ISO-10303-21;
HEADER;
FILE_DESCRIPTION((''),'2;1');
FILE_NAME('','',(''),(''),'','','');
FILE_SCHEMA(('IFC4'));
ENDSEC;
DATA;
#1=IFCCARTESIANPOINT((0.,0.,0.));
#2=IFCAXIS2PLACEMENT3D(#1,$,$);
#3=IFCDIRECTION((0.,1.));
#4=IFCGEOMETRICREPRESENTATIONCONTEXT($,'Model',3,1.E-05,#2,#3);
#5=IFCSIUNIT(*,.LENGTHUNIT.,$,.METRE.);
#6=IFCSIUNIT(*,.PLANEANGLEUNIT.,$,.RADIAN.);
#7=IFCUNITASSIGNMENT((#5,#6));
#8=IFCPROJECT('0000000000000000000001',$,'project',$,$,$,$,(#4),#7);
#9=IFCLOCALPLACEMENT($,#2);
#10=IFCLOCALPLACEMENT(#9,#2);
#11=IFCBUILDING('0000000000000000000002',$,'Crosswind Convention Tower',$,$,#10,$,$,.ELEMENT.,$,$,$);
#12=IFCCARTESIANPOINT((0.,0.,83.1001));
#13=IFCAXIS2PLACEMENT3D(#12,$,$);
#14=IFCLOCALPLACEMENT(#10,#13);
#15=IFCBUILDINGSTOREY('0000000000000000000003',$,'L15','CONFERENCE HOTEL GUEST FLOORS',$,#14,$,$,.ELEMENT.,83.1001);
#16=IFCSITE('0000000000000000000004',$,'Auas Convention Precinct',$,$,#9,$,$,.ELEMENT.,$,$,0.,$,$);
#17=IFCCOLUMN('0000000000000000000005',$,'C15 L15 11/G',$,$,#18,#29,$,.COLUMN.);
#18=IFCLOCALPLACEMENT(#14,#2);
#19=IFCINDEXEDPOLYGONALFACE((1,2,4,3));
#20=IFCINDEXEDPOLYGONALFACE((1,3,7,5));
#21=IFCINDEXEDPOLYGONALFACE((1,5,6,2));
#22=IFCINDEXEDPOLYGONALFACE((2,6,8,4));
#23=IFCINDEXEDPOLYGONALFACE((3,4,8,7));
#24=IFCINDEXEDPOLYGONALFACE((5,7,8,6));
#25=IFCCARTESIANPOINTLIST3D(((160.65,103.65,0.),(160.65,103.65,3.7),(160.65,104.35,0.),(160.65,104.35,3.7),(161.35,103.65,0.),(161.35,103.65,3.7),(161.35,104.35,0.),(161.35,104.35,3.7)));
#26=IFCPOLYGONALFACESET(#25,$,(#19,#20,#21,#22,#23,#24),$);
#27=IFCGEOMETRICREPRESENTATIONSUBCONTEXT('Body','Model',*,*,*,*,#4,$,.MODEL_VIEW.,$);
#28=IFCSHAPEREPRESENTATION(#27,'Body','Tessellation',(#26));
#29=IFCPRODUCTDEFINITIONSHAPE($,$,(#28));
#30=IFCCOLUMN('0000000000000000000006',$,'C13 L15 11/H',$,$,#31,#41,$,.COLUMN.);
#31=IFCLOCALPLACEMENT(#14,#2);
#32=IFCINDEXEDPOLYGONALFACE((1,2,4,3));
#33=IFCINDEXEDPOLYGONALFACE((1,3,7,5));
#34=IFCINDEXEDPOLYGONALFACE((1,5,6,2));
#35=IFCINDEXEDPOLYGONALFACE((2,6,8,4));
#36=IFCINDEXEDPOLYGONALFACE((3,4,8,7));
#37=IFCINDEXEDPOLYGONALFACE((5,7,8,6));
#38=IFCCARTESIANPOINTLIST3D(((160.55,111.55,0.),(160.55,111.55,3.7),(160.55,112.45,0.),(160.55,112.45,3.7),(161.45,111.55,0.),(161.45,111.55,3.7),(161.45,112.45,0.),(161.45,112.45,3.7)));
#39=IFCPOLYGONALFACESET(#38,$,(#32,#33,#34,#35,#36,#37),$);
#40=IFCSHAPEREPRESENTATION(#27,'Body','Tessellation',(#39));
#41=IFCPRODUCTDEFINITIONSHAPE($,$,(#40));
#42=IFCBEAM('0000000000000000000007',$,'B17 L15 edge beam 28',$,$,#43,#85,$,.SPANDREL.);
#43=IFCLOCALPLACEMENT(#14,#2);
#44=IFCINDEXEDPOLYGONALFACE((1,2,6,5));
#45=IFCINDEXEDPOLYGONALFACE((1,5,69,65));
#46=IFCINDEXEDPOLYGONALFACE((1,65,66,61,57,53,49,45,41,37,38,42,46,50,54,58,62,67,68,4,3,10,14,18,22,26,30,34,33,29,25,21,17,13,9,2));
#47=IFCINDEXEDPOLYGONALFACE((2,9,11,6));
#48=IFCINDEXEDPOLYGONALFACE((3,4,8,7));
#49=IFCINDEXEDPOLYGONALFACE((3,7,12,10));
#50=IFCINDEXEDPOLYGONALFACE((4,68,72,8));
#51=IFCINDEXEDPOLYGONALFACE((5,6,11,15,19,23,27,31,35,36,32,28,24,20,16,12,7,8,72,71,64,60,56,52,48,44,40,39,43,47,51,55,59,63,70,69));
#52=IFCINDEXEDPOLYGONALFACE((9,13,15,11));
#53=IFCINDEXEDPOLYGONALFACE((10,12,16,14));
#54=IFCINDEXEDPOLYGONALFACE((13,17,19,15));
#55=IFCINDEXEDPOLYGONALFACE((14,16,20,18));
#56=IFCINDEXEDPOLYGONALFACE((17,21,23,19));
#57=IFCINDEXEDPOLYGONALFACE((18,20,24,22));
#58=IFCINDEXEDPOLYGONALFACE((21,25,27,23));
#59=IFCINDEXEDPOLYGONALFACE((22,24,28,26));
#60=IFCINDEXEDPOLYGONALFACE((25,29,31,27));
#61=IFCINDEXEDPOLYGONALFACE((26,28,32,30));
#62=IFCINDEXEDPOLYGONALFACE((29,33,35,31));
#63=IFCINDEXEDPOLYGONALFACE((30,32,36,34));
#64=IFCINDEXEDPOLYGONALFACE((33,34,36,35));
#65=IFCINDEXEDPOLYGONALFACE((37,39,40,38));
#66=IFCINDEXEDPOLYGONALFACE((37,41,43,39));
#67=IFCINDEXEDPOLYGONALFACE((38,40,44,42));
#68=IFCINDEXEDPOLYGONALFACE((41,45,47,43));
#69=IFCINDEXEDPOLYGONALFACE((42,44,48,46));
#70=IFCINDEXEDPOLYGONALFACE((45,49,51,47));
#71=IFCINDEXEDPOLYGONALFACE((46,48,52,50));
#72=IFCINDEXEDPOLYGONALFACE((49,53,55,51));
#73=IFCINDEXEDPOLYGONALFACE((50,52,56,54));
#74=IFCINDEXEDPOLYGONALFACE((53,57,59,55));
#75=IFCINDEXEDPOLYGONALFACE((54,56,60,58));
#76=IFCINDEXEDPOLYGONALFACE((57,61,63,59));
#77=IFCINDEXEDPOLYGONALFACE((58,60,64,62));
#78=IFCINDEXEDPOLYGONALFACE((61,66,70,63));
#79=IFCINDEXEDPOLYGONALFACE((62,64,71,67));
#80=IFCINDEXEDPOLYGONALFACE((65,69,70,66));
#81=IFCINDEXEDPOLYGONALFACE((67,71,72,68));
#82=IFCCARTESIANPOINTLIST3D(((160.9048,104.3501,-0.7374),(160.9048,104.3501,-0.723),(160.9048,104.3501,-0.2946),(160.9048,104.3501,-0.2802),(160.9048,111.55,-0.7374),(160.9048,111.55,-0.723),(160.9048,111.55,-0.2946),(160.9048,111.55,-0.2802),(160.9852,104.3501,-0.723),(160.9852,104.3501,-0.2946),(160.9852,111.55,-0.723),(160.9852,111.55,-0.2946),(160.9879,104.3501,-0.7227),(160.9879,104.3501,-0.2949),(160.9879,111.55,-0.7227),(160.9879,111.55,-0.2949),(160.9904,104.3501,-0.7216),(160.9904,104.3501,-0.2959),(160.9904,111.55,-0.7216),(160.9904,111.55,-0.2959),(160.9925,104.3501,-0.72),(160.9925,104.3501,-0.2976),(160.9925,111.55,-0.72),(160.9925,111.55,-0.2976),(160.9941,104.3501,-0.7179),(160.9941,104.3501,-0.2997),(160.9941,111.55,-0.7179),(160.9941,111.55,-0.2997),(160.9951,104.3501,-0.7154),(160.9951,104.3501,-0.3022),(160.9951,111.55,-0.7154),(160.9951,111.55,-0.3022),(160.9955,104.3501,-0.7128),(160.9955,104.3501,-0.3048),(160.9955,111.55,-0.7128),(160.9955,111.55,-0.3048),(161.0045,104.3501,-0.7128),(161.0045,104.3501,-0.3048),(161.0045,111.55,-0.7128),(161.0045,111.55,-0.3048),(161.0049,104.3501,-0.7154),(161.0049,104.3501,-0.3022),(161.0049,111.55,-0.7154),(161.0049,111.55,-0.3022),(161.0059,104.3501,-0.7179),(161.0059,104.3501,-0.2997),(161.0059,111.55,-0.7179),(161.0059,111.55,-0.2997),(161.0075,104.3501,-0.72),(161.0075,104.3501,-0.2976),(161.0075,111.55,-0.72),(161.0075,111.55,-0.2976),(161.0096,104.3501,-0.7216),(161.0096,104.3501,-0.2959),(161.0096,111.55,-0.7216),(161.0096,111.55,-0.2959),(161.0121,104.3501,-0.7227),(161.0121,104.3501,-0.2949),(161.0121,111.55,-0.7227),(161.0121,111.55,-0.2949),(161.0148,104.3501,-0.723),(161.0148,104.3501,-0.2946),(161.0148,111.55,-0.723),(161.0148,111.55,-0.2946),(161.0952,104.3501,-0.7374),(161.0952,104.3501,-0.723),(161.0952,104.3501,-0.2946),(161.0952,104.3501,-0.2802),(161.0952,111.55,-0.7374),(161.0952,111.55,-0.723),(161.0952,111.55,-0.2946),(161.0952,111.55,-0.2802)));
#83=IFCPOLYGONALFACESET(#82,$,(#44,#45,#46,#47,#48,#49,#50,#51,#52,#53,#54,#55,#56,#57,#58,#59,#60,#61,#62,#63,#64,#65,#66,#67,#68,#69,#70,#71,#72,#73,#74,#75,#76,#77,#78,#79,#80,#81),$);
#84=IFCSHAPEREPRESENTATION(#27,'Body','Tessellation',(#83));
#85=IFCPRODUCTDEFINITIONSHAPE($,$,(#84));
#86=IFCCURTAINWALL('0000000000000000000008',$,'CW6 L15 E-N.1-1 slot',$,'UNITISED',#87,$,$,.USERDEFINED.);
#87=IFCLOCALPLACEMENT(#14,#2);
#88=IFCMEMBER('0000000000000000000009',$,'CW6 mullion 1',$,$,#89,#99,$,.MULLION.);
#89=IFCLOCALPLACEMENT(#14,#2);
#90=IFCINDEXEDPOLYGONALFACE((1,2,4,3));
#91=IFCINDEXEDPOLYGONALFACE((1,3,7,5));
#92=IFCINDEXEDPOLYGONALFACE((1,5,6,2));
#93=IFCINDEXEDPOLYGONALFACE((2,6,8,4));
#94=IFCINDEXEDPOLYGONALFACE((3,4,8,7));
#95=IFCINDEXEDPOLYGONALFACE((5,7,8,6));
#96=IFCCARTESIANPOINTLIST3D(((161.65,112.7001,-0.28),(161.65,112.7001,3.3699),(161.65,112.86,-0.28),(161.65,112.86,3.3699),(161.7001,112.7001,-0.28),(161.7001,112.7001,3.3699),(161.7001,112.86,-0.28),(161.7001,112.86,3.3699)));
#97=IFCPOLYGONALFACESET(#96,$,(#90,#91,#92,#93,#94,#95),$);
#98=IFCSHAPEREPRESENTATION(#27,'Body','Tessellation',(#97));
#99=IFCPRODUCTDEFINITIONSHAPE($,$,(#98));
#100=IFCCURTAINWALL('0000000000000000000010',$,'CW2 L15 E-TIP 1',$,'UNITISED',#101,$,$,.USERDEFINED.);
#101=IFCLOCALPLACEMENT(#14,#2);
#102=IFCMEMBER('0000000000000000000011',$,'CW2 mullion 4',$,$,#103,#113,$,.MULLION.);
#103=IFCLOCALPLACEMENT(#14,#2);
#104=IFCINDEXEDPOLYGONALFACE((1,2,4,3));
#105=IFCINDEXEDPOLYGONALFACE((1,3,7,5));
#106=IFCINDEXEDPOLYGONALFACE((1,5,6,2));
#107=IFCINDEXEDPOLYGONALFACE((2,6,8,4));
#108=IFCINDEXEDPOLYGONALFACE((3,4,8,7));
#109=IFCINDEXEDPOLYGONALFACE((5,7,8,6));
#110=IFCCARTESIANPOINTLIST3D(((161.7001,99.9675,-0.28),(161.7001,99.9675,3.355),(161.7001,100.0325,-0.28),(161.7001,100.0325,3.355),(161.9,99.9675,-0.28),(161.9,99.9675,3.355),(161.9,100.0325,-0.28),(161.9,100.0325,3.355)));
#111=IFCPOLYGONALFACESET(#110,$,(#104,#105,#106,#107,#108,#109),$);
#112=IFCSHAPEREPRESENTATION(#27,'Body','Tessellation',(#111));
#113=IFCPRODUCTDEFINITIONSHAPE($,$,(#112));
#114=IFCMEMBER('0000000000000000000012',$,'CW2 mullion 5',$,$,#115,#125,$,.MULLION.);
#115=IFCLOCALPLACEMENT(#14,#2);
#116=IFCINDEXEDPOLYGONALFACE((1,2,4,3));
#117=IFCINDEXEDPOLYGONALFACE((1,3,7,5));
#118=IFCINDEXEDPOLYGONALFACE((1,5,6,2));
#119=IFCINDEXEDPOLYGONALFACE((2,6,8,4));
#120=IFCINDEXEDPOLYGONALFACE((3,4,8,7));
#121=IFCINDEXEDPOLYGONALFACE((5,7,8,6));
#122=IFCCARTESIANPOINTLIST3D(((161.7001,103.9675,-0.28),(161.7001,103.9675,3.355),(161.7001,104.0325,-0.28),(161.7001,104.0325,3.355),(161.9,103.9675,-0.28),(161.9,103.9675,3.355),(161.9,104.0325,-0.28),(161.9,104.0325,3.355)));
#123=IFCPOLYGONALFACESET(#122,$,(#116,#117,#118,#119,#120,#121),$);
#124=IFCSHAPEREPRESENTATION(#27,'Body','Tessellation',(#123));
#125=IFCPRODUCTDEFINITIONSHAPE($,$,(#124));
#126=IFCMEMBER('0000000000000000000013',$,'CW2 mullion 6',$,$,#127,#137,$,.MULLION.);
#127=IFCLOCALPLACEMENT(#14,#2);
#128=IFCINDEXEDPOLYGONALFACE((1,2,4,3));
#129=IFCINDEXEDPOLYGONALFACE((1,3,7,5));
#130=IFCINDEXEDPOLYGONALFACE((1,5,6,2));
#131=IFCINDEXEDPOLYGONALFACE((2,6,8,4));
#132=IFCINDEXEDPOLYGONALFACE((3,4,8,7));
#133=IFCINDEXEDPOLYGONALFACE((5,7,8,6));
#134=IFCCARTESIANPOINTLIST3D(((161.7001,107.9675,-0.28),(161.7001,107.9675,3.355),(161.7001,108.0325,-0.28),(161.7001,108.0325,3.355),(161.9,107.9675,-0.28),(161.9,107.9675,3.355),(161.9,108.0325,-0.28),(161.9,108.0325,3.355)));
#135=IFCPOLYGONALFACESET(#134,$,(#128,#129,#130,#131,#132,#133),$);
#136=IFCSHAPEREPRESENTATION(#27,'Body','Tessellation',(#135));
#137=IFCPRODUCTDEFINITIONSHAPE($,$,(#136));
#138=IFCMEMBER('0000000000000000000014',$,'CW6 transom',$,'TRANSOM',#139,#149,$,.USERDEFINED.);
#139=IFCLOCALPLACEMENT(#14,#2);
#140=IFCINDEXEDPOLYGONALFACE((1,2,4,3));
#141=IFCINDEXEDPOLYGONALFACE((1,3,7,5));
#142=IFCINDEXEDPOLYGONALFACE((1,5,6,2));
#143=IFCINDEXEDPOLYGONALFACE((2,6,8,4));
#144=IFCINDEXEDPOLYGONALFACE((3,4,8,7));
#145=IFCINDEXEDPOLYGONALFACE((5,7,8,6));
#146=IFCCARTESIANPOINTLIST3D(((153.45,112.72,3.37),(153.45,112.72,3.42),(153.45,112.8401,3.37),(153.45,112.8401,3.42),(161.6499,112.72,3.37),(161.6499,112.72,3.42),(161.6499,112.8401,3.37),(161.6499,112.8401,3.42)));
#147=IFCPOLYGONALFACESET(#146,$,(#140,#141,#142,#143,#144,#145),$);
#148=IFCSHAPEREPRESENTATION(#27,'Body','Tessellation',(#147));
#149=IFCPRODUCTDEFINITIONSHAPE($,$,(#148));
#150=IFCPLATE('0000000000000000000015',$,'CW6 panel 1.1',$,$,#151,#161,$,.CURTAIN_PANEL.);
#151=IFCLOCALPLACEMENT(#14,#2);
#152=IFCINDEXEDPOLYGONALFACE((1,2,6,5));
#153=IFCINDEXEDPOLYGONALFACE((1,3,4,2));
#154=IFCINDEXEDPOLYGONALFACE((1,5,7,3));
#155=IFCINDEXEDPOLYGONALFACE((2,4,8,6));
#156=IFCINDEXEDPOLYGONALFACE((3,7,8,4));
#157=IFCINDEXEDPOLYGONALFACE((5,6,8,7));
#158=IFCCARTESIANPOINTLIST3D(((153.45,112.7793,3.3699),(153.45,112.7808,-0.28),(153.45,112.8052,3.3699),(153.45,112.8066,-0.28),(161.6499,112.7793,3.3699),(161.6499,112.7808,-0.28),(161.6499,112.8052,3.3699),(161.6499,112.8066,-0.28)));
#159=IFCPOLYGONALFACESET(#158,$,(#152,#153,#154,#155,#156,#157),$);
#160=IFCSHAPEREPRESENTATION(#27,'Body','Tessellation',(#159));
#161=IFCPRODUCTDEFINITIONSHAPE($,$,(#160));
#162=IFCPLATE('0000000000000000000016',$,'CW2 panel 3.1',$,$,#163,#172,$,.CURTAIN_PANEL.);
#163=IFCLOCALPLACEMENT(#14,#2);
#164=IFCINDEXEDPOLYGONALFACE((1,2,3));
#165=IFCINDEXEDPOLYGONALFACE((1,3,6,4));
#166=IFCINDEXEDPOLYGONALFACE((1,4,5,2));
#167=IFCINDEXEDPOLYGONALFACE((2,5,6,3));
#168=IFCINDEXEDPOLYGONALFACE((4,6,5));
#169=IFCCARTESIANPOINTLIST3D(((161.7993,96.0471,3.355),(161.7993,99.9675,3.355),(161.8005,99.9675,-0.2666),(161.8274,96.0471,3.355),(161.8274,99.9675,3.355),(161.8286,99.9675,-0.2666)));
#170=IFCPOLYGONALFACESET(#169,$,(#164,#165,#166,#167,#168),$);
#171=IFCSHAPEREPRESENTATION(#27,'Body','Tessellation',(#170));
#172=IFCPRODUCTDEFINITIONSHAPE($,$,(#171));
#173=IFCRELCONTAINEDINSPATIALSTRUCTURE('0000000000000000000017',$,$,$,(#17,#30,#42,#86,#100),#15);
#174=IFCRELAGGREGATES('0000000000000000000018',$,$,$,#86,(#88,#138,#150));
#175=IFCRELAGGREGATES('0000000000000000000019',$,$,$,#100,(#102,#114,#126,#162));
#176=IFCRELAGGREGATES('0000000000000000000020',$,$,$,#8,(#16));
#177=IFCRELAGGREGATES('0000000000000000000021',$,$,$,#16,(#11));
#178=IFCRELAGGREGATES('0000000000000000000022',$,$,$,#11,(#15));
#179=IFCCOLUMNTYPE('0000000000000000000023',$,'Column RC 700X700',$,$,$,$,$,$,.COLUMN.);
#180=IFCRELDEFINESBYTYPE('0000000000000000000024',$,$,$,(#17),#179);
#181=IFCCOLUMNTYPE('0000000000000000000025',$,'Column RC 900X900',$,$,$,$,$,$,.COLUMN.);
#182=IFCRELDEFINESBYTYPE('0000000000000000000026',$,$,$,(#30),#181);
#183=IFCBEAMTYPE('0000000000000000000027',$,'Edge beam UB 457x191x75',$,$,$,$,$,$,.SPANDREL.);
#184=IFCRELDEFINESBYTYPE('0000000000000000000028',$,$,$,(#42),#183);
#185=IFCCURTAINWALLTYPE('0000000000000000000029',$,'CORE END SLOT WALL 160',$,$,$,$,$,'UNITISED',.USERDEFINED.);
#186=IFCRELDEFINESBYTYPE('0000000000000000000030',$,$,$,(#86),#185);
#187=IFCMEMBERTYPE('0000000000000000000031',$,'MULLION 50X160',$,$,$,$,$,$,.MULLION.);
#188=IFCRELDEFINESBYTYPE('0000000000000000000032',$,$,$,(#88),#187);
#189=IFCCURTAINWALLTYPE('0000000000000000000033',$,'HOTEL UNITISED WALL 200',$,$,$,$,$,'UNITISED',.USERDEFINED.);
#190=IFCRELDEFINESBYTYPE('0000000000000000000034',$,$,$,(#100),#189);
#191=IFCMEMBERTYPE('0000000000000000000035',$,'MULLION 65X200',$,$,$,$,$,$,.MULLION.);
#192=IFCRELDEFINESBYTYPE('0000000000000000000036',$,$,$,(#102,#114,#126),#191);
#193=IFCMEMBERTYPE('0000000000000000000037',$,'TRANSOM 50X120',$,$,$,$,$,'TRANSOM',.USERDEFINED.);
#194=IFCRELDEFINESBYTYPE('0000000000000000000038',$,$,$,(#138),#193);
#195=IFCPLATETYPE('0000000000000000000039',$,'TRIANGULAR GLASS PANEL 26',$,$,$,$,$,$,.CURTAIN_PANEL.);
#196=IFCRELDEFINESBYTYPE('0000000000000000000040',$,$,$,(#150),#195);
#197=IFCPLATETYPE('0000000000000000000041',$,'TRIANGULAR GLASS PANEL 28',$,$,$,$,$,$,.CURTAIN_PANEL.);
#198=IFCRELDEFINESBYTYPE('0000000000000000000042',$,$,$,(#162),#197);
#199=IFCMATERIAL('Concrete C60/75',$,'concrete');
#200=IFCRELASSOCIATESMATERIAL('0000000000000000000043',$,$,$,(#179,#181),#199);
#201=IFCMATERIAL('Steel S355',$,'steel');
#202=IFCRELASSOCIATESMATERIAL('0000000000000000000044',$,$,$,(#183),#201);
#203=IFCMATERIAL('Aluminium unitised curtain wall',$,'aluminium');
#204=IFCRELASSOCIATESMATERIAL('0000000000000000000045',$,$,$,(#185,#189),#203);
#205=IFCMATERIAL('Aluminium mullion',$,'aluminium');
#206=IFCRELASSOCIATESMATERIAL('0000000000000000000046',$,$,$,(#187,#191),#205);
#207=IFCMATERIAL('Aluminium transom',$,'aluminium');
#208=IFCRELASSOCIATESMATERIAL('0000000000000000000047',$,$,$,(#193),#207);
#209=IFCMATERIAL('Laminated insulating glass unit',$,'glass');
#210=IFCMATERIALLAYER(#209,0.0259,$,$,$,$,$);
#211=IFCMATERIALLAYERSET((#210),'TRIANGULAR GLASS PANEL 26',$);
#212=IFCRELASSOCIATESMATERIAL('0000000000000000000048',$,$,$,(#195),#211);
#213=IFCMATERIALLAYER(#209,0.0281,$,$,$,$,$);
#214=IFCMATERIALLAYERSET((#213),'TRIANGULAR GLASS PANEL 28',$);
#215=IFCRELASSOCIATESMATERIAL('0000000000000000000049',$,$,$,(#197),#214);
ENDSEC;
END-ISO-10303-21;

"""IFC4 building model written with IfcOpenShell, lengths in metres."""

from ifc_helpers import new_model, si_unit, direction, frame, origin, origin_2d, place, context, subcontext, project, spatial, polyline, rectangle, i_section, outline, extrude, material, layer, layer_set, material_profile, profile_set, type_object, element, aggregate, save


model = new_model("IFC4")

# Units and contexts
model_context = context("Model", 3, precision=1e-05, world=origin(), true_north=direction((0.0, 1.0)))
body_context = subcontext(model_context, "Body", "Model", "MODEL_VIEW")
ifc_project = project(units=[si_unit("LENGTHUNIT", "METRE"), si_unit("PLANEANGLEUNIT", "RADIAN")], contexts=[model_context])

# Site, building, storey
site_placement = place(None, origin())
site = spatial("IfcSite", under=ifc_project, at=site_placement, Name="Auas Convention Precinct", CompositionType="ELEMENT", RefElevation=0.0)
building_placement = place(site_placement, origin())
building = spatial("IfcBuilding", under=site, at=building_placement, Name="Crosswind Convention Tower", CompositionType="ELEMENT")
storey_placement = place(building_placement, frame((0.0, 0.0, 83.1001)))
storey = spatial("IfcBuildingStorey", under=building, at=storey_placement, Name="L15", Description="CONFERENCE HOTEL GUEST FLOORS", CompositionType="ELEMENT", Elevation=83.1001)

# Columns
ifc_material_1 = material(Name="Concrete C60/75", Category="concrete")
ifc_material_profile_1 = material_profile(ifc_material_1, rectangle(XDim=0.7, YDim=0.7, at=origin_2d()), Name="RC 700X700")
ifc_profile_set_1 = profile_set([ifc_material_profile_1], Name="Concrete C60/75")
column_type_1 = type_object("IfcColumnType", Name="Column RC 700X700", PredefinedType="COLUMN", material=ifc_profile_set_1)
column_1_placement = place(storey_placement, frame((161.0, 104.0, 0.0), z_axis=(0.0, 0.0, 1.0), x_axis=(1.0, 0.0, 0.0)))
element("IfcColumn", 1, at=column_1_placement, inside=storey, type_object=column_type_1, Name="C15 L15 11/G", PredefinedType="COLUMN", context=body_context, shape_type="SweptSolid", body=[
    extrude(rectangle(XDim=0.7, YDim=0.7, at=origin_2d()), origin(), (0.0, 0.0, 1.0), 3.7),
])
ifc_material_profile_2 = material_profile(ifc_material_1, rectangle(XDim=0.8999, YDim=0.8999, at=origin_2d()), Name="RC 900X900")
ifc_profile_set_2 = profile_set([ifc_material_profile_2], Name="Concrete C60/75")
column_type_2 = type_object("IfcColumnType", Name="Column RC 900X900", PredefinedType="COLUMN", material=ifc_profile_set_2)
column_2_placement = place(storey_placement, frame((161.0, 112.0, 0.0), z_axis=(0.0, 0.0, 1.0), x_axis=(1.0, 0.0, 0.0)))
element("IfcColumn", 2, at=column_2_placement, inside=storey, type_object=column_type_2, Name="C13 L15 11/H", PredefinedType="COLUMN", context=body_context, shape_type="SweptSolid", body=[
    extrude(rectangle(XDim=0.8999, YDim=0.8999, at=origin_2d()), origin(), (0.0, 0.0, 1.0), 3.7),
])

# Beam
ifc_material_2 = material(Name="Steel S355", Category="steel")
ifc_material_profile_3 = material_profile(ifc_material_2, i_section(OverallWidth=0.1904, OverallDepth=0.4573, WebThickness=0.009, FlangeThickness=0.0144, FilletRadius=0.0103, at=origin_2d()), Name="UB 457x191x75")
ifc_profile_set_3 = profile_set([ifc_material_profile_3], Name="Steel S355")
beam_type = type_object("IfcBeamType", Name="Edge beam UB 457x191x75", PredefinedType="SPANDREL", material=ifc_profile_set_3)
beam_placement = place(storey_placement, frame((161.0, 104.3501, -0.5088), z_axis=(0.0, 1.0, 0.0), x_axis=(-1.0, 0.0, 0.0)))
element("IfcBeam", 3, at=beam_placement, inside=storey, type_object=beam_type, Name="B17 L15 edge beam 28", PredefinedType="SPANDREL", context=body_context, shape_type="SweptSolid", body=[
    extrude(i_section(OverallWidth=0.1904, OverallDepth=0.4573, WebThickness=0.009, FlangeThickness=0.0144, FilletRadius=0.0103, at=origin_2d()), origin(), (0.0, 0.0, 1.0), 7.2),
])

# Curtain wall, member
ifc_material_3 = material(Name="Aluminium unitised curtain wall", Category="aluminium")
curtain_wall_type_1 = type_object("IfcCurtainWallType", Name="CORE END SLOT WALL 160", ElementType="UNITISED", PredefinedType="USERDEFINED", material=ifc_material_3)
curtain_wall_1_placement = place(storey_placement, origin())
curtain_wall_1 = element("IfcCurtainWall", 4, at=curtain_wall_1_placement, inside=storey, type_object=curtain_wall_type_1, Name="CW6 L15 E-N.1-1 slot", ObjectType="UNITISED", PredefinedType="USERDEFINED")
ifc_material_4 = material(Name="Aluminium mullion", Category="aluminium")
ifc_material_profile_4 = material_profile(ifc_material_4, rectangle(XDim=0.1599, YDim=0.05, at=origin_2d()), Name="AL 160X50")
ifc_profile_set_4 = profile_set([ifc_material_profile_4], Name="Aluminium mullion")
member_type_1 = type_object("IfcMemberType", Name="MULLION 50X160", PredefinedType="MULLION", material=ifc_profile_set_4)
member_1_placement = place(storey_placement, frame((161.675, 112.78, -0.28), z_axis=(0.0, 0.0, 1.0), x_axis=(0.0, 1.0, 0.0)))
member_1 = element("IfcMember", 5, at=member_1_placement, type_object=member_type_1, Name="CW6 mullion 1", PredefinedType="MULLION", context=body_context, shape_type="SweptSolid", body=[
    extrude(rectangle(XDim=0.1599, YDim=0.05, at=origin_2d()), origin(), (0.0, 0.0, 1.0), 3.6499),
])

# Curtain wall, members
curtain_wall_type_2 = type_object("IfcCurtainWallType", Name="HOTEL UNITISED WALL 200", ElementType="UNITISED", PredefinedType="USERDEFINED", material=ifc_material_3)
curtain_wall_2_placement = place(storey_placement, origin())
curtain_wall_2 = element("IfcCurtainWall", 6, at=curtain_wall_2_placement, inside=storey, type_object=curtain_wall_type_2, Name="CW2 L15 E-TIP 1", ObjectType="UNITISED", PredefinedType="USERDEFINED")
ifc_material_profile_5 = material_profile(ifc_material_4, rectangle(XDim=0.2, YDim=0.0649, at=origin_2d()), Name="AL 200X65")
ifc_profile_set_5 = profile_set([ifc_material_profile_5], Name="Aluminium mullion")
member_type_2 = type_object("IfcMemberType", Name="MULLION 65X200", PredefinedType="MULLION", material=ifc_profile_set_5)
member_2_placement = place(storey_placement, frame((161.8, 100.0, -0.28), z_axis=(0.0, 0.0, 1.0), x_axis=(1.0, 0.0, 0.0)))
member_2 = element("IfcMember", 7, at=member_2_placement, type_object=member_type_2, Name="CW2 mullion 4", PredefinedType="MULLION", context=body_context, shape_type="SweptSolid", body=[
    extrude(rectangle(XDim=0.2, YDim=0.0649, at=origin_2d()), origin(), (0.0, 0.0, 1.0), 3.635),
])
member_3_placement = place(storey_placement, frame((161.8, 104.0, -0.28), z_axis=(0.0, 0.0, 1.0), x_axis=(1.0, 0.0, 0.0)))
member_3 = element("IfcMember", 8, at=member_3_placement, type_object=member_type_2, Name="CW2 mullion 5", PredefinedType="MULLION", context=body_context, shape_type="SweptSolid", body=[
    extrude(rectangle(XDim=0.2, YDim=0.0649, at=origin_2d()), origin(), (0.0, 0.0, 1.0), 3.635),
])
member_4_placement = place(storey_placement, frame((161.8, 108.0, -0.28), z_axis=(0.0, 0.0, 1.0), x_axis=(1.0, 0.0, 0.0)))
member_4 = element("IfcMember", 9, at=member_4_placement, type_object=member_type_2, Name="CW2 mullion 6", PredefinedType="MULLION", context=body_context, shape_type="SweptSolid", body=[
    extrude(rectangle(XDim=0.2, YDim=0.0649, at=origin_2d()), origin(), (0.0, 0.0, 1.0), 3.635),
])

# Member
ifc_material_5 = material(Name="Aluminium transom", Category="aluminium")
ifc_material_profile_6 = material_profile(ifc_material_5, rectangle(XDim=0.1201, YDim=0.05, at=origin_2d()), Name="AL 120X50")
ifc_profile_set_6 = profile_set([ifc_material_profile_6], Name="Aluminium transom")
member_type_3 = type_object("IfcMemberType", Name="TRANSOM 50X120", ElementType="TRANSOM", PredefinedType="USERDEFINED", material=ifc_profile_set_6)
member_5_placement = place(storey_placement, frame((161.6499, 112.78, 3.395), z_axis=(-1.0, 0.0, 0.0), x_axis=(0.0, -1.0, 0.0)))
member_5 = element("IfcMember", 10, at=member_5_placement, type_object=member_type_3, Name="CW6 transom", ObjectType="TRANSOM", PredefinedType="USERDEFINED", context=body_context, shape_type="SweptSolid", body=[
    extrude(rectangle(XDim=0.1201, YDim=0.05, at=origin_2d()), origin(), (0.0, 0.0, 1.0), 8.2),
])

# Plates
ifc_material_6 = material(Name="Laminated insulating glass unit", Category="glass")
ifc_layer_1 = layer(ifc_material_6, 0.0259)
ifc_layer_set_1 = layer_set([ifc_layer_1], Name="TRIANGULAR GLASS PANEL 26")
plate_type_1 = type_object("IfcPlateType", Name="TRIANGULAR GLASS PANEL 26", PredefinedType="CURTAIN_PANEL", material=ifc_layer_set_1)
plate_1_placement = place(storey_placement, frame((161.6499, 112.8066, -0.28), z_axis=(0.0, 1.0, 0.000401), x_axis=(-1.0, 0.0, 0.0)))
plate_1 = element("IfcPlate", 11, at=plate_1_placement, type_object=plate_type_1, Name="CW6 panel 1.1", PredefinedType="CURTAIN_PANEL", context=body_context, shape_type="SweptSolid", body=[
    extrude(outline(polyline([(0.0, 0.0), (8.2, 0.0), (8.2, 3.6499), (0.0, 3.6499), (0.0, 0.0)])), origin(), (0.0, 0.0, -1.0), 0.0259),
])
aggregate(curtain_wall_1, [member_1, member_5, plate_1])
ifc_layer_2 = layer(ifc_material_6, 0.0281)
ifc_layer_set_2 = layer_set([ifc_layer_2], Name="TRIANGULAR GLASS PANEL 28")
plate_type_2 = type_object("IfcPlateType", Name="TRIANGULAR GLASS PANEL 28", PredefinedType="CURTAIN_PANEL", material=ifc_layer_set_2)
plate_2_placement = place(storey_placement, frame((161.8274, 99.9675, 3.355), z_axis=(1.0, 0.0, 0.000337), x_axis=(0.0, -1.0, 0.0)))
plate_2 = element("IfcPlate", 12, at=plate_2_placement, type_object=plate_type_2, Name="CW2 panel 3.1", PredefinedType="CURTAIN_PANEL", context=body_context, shape_type="SweptSolid", body=[
    extrude(outline(polyline([(0.0, 0.0), (3.9204, 0.0), (0.0, 3.6216), (0.0, 0.0)])), origin(), (0.0, 0.0, -1.0), 0.0281),
])
aggregate(curtain_wall_2, [member_2, member_3, member_4, plate_2])

save(model, "model.ifc")
